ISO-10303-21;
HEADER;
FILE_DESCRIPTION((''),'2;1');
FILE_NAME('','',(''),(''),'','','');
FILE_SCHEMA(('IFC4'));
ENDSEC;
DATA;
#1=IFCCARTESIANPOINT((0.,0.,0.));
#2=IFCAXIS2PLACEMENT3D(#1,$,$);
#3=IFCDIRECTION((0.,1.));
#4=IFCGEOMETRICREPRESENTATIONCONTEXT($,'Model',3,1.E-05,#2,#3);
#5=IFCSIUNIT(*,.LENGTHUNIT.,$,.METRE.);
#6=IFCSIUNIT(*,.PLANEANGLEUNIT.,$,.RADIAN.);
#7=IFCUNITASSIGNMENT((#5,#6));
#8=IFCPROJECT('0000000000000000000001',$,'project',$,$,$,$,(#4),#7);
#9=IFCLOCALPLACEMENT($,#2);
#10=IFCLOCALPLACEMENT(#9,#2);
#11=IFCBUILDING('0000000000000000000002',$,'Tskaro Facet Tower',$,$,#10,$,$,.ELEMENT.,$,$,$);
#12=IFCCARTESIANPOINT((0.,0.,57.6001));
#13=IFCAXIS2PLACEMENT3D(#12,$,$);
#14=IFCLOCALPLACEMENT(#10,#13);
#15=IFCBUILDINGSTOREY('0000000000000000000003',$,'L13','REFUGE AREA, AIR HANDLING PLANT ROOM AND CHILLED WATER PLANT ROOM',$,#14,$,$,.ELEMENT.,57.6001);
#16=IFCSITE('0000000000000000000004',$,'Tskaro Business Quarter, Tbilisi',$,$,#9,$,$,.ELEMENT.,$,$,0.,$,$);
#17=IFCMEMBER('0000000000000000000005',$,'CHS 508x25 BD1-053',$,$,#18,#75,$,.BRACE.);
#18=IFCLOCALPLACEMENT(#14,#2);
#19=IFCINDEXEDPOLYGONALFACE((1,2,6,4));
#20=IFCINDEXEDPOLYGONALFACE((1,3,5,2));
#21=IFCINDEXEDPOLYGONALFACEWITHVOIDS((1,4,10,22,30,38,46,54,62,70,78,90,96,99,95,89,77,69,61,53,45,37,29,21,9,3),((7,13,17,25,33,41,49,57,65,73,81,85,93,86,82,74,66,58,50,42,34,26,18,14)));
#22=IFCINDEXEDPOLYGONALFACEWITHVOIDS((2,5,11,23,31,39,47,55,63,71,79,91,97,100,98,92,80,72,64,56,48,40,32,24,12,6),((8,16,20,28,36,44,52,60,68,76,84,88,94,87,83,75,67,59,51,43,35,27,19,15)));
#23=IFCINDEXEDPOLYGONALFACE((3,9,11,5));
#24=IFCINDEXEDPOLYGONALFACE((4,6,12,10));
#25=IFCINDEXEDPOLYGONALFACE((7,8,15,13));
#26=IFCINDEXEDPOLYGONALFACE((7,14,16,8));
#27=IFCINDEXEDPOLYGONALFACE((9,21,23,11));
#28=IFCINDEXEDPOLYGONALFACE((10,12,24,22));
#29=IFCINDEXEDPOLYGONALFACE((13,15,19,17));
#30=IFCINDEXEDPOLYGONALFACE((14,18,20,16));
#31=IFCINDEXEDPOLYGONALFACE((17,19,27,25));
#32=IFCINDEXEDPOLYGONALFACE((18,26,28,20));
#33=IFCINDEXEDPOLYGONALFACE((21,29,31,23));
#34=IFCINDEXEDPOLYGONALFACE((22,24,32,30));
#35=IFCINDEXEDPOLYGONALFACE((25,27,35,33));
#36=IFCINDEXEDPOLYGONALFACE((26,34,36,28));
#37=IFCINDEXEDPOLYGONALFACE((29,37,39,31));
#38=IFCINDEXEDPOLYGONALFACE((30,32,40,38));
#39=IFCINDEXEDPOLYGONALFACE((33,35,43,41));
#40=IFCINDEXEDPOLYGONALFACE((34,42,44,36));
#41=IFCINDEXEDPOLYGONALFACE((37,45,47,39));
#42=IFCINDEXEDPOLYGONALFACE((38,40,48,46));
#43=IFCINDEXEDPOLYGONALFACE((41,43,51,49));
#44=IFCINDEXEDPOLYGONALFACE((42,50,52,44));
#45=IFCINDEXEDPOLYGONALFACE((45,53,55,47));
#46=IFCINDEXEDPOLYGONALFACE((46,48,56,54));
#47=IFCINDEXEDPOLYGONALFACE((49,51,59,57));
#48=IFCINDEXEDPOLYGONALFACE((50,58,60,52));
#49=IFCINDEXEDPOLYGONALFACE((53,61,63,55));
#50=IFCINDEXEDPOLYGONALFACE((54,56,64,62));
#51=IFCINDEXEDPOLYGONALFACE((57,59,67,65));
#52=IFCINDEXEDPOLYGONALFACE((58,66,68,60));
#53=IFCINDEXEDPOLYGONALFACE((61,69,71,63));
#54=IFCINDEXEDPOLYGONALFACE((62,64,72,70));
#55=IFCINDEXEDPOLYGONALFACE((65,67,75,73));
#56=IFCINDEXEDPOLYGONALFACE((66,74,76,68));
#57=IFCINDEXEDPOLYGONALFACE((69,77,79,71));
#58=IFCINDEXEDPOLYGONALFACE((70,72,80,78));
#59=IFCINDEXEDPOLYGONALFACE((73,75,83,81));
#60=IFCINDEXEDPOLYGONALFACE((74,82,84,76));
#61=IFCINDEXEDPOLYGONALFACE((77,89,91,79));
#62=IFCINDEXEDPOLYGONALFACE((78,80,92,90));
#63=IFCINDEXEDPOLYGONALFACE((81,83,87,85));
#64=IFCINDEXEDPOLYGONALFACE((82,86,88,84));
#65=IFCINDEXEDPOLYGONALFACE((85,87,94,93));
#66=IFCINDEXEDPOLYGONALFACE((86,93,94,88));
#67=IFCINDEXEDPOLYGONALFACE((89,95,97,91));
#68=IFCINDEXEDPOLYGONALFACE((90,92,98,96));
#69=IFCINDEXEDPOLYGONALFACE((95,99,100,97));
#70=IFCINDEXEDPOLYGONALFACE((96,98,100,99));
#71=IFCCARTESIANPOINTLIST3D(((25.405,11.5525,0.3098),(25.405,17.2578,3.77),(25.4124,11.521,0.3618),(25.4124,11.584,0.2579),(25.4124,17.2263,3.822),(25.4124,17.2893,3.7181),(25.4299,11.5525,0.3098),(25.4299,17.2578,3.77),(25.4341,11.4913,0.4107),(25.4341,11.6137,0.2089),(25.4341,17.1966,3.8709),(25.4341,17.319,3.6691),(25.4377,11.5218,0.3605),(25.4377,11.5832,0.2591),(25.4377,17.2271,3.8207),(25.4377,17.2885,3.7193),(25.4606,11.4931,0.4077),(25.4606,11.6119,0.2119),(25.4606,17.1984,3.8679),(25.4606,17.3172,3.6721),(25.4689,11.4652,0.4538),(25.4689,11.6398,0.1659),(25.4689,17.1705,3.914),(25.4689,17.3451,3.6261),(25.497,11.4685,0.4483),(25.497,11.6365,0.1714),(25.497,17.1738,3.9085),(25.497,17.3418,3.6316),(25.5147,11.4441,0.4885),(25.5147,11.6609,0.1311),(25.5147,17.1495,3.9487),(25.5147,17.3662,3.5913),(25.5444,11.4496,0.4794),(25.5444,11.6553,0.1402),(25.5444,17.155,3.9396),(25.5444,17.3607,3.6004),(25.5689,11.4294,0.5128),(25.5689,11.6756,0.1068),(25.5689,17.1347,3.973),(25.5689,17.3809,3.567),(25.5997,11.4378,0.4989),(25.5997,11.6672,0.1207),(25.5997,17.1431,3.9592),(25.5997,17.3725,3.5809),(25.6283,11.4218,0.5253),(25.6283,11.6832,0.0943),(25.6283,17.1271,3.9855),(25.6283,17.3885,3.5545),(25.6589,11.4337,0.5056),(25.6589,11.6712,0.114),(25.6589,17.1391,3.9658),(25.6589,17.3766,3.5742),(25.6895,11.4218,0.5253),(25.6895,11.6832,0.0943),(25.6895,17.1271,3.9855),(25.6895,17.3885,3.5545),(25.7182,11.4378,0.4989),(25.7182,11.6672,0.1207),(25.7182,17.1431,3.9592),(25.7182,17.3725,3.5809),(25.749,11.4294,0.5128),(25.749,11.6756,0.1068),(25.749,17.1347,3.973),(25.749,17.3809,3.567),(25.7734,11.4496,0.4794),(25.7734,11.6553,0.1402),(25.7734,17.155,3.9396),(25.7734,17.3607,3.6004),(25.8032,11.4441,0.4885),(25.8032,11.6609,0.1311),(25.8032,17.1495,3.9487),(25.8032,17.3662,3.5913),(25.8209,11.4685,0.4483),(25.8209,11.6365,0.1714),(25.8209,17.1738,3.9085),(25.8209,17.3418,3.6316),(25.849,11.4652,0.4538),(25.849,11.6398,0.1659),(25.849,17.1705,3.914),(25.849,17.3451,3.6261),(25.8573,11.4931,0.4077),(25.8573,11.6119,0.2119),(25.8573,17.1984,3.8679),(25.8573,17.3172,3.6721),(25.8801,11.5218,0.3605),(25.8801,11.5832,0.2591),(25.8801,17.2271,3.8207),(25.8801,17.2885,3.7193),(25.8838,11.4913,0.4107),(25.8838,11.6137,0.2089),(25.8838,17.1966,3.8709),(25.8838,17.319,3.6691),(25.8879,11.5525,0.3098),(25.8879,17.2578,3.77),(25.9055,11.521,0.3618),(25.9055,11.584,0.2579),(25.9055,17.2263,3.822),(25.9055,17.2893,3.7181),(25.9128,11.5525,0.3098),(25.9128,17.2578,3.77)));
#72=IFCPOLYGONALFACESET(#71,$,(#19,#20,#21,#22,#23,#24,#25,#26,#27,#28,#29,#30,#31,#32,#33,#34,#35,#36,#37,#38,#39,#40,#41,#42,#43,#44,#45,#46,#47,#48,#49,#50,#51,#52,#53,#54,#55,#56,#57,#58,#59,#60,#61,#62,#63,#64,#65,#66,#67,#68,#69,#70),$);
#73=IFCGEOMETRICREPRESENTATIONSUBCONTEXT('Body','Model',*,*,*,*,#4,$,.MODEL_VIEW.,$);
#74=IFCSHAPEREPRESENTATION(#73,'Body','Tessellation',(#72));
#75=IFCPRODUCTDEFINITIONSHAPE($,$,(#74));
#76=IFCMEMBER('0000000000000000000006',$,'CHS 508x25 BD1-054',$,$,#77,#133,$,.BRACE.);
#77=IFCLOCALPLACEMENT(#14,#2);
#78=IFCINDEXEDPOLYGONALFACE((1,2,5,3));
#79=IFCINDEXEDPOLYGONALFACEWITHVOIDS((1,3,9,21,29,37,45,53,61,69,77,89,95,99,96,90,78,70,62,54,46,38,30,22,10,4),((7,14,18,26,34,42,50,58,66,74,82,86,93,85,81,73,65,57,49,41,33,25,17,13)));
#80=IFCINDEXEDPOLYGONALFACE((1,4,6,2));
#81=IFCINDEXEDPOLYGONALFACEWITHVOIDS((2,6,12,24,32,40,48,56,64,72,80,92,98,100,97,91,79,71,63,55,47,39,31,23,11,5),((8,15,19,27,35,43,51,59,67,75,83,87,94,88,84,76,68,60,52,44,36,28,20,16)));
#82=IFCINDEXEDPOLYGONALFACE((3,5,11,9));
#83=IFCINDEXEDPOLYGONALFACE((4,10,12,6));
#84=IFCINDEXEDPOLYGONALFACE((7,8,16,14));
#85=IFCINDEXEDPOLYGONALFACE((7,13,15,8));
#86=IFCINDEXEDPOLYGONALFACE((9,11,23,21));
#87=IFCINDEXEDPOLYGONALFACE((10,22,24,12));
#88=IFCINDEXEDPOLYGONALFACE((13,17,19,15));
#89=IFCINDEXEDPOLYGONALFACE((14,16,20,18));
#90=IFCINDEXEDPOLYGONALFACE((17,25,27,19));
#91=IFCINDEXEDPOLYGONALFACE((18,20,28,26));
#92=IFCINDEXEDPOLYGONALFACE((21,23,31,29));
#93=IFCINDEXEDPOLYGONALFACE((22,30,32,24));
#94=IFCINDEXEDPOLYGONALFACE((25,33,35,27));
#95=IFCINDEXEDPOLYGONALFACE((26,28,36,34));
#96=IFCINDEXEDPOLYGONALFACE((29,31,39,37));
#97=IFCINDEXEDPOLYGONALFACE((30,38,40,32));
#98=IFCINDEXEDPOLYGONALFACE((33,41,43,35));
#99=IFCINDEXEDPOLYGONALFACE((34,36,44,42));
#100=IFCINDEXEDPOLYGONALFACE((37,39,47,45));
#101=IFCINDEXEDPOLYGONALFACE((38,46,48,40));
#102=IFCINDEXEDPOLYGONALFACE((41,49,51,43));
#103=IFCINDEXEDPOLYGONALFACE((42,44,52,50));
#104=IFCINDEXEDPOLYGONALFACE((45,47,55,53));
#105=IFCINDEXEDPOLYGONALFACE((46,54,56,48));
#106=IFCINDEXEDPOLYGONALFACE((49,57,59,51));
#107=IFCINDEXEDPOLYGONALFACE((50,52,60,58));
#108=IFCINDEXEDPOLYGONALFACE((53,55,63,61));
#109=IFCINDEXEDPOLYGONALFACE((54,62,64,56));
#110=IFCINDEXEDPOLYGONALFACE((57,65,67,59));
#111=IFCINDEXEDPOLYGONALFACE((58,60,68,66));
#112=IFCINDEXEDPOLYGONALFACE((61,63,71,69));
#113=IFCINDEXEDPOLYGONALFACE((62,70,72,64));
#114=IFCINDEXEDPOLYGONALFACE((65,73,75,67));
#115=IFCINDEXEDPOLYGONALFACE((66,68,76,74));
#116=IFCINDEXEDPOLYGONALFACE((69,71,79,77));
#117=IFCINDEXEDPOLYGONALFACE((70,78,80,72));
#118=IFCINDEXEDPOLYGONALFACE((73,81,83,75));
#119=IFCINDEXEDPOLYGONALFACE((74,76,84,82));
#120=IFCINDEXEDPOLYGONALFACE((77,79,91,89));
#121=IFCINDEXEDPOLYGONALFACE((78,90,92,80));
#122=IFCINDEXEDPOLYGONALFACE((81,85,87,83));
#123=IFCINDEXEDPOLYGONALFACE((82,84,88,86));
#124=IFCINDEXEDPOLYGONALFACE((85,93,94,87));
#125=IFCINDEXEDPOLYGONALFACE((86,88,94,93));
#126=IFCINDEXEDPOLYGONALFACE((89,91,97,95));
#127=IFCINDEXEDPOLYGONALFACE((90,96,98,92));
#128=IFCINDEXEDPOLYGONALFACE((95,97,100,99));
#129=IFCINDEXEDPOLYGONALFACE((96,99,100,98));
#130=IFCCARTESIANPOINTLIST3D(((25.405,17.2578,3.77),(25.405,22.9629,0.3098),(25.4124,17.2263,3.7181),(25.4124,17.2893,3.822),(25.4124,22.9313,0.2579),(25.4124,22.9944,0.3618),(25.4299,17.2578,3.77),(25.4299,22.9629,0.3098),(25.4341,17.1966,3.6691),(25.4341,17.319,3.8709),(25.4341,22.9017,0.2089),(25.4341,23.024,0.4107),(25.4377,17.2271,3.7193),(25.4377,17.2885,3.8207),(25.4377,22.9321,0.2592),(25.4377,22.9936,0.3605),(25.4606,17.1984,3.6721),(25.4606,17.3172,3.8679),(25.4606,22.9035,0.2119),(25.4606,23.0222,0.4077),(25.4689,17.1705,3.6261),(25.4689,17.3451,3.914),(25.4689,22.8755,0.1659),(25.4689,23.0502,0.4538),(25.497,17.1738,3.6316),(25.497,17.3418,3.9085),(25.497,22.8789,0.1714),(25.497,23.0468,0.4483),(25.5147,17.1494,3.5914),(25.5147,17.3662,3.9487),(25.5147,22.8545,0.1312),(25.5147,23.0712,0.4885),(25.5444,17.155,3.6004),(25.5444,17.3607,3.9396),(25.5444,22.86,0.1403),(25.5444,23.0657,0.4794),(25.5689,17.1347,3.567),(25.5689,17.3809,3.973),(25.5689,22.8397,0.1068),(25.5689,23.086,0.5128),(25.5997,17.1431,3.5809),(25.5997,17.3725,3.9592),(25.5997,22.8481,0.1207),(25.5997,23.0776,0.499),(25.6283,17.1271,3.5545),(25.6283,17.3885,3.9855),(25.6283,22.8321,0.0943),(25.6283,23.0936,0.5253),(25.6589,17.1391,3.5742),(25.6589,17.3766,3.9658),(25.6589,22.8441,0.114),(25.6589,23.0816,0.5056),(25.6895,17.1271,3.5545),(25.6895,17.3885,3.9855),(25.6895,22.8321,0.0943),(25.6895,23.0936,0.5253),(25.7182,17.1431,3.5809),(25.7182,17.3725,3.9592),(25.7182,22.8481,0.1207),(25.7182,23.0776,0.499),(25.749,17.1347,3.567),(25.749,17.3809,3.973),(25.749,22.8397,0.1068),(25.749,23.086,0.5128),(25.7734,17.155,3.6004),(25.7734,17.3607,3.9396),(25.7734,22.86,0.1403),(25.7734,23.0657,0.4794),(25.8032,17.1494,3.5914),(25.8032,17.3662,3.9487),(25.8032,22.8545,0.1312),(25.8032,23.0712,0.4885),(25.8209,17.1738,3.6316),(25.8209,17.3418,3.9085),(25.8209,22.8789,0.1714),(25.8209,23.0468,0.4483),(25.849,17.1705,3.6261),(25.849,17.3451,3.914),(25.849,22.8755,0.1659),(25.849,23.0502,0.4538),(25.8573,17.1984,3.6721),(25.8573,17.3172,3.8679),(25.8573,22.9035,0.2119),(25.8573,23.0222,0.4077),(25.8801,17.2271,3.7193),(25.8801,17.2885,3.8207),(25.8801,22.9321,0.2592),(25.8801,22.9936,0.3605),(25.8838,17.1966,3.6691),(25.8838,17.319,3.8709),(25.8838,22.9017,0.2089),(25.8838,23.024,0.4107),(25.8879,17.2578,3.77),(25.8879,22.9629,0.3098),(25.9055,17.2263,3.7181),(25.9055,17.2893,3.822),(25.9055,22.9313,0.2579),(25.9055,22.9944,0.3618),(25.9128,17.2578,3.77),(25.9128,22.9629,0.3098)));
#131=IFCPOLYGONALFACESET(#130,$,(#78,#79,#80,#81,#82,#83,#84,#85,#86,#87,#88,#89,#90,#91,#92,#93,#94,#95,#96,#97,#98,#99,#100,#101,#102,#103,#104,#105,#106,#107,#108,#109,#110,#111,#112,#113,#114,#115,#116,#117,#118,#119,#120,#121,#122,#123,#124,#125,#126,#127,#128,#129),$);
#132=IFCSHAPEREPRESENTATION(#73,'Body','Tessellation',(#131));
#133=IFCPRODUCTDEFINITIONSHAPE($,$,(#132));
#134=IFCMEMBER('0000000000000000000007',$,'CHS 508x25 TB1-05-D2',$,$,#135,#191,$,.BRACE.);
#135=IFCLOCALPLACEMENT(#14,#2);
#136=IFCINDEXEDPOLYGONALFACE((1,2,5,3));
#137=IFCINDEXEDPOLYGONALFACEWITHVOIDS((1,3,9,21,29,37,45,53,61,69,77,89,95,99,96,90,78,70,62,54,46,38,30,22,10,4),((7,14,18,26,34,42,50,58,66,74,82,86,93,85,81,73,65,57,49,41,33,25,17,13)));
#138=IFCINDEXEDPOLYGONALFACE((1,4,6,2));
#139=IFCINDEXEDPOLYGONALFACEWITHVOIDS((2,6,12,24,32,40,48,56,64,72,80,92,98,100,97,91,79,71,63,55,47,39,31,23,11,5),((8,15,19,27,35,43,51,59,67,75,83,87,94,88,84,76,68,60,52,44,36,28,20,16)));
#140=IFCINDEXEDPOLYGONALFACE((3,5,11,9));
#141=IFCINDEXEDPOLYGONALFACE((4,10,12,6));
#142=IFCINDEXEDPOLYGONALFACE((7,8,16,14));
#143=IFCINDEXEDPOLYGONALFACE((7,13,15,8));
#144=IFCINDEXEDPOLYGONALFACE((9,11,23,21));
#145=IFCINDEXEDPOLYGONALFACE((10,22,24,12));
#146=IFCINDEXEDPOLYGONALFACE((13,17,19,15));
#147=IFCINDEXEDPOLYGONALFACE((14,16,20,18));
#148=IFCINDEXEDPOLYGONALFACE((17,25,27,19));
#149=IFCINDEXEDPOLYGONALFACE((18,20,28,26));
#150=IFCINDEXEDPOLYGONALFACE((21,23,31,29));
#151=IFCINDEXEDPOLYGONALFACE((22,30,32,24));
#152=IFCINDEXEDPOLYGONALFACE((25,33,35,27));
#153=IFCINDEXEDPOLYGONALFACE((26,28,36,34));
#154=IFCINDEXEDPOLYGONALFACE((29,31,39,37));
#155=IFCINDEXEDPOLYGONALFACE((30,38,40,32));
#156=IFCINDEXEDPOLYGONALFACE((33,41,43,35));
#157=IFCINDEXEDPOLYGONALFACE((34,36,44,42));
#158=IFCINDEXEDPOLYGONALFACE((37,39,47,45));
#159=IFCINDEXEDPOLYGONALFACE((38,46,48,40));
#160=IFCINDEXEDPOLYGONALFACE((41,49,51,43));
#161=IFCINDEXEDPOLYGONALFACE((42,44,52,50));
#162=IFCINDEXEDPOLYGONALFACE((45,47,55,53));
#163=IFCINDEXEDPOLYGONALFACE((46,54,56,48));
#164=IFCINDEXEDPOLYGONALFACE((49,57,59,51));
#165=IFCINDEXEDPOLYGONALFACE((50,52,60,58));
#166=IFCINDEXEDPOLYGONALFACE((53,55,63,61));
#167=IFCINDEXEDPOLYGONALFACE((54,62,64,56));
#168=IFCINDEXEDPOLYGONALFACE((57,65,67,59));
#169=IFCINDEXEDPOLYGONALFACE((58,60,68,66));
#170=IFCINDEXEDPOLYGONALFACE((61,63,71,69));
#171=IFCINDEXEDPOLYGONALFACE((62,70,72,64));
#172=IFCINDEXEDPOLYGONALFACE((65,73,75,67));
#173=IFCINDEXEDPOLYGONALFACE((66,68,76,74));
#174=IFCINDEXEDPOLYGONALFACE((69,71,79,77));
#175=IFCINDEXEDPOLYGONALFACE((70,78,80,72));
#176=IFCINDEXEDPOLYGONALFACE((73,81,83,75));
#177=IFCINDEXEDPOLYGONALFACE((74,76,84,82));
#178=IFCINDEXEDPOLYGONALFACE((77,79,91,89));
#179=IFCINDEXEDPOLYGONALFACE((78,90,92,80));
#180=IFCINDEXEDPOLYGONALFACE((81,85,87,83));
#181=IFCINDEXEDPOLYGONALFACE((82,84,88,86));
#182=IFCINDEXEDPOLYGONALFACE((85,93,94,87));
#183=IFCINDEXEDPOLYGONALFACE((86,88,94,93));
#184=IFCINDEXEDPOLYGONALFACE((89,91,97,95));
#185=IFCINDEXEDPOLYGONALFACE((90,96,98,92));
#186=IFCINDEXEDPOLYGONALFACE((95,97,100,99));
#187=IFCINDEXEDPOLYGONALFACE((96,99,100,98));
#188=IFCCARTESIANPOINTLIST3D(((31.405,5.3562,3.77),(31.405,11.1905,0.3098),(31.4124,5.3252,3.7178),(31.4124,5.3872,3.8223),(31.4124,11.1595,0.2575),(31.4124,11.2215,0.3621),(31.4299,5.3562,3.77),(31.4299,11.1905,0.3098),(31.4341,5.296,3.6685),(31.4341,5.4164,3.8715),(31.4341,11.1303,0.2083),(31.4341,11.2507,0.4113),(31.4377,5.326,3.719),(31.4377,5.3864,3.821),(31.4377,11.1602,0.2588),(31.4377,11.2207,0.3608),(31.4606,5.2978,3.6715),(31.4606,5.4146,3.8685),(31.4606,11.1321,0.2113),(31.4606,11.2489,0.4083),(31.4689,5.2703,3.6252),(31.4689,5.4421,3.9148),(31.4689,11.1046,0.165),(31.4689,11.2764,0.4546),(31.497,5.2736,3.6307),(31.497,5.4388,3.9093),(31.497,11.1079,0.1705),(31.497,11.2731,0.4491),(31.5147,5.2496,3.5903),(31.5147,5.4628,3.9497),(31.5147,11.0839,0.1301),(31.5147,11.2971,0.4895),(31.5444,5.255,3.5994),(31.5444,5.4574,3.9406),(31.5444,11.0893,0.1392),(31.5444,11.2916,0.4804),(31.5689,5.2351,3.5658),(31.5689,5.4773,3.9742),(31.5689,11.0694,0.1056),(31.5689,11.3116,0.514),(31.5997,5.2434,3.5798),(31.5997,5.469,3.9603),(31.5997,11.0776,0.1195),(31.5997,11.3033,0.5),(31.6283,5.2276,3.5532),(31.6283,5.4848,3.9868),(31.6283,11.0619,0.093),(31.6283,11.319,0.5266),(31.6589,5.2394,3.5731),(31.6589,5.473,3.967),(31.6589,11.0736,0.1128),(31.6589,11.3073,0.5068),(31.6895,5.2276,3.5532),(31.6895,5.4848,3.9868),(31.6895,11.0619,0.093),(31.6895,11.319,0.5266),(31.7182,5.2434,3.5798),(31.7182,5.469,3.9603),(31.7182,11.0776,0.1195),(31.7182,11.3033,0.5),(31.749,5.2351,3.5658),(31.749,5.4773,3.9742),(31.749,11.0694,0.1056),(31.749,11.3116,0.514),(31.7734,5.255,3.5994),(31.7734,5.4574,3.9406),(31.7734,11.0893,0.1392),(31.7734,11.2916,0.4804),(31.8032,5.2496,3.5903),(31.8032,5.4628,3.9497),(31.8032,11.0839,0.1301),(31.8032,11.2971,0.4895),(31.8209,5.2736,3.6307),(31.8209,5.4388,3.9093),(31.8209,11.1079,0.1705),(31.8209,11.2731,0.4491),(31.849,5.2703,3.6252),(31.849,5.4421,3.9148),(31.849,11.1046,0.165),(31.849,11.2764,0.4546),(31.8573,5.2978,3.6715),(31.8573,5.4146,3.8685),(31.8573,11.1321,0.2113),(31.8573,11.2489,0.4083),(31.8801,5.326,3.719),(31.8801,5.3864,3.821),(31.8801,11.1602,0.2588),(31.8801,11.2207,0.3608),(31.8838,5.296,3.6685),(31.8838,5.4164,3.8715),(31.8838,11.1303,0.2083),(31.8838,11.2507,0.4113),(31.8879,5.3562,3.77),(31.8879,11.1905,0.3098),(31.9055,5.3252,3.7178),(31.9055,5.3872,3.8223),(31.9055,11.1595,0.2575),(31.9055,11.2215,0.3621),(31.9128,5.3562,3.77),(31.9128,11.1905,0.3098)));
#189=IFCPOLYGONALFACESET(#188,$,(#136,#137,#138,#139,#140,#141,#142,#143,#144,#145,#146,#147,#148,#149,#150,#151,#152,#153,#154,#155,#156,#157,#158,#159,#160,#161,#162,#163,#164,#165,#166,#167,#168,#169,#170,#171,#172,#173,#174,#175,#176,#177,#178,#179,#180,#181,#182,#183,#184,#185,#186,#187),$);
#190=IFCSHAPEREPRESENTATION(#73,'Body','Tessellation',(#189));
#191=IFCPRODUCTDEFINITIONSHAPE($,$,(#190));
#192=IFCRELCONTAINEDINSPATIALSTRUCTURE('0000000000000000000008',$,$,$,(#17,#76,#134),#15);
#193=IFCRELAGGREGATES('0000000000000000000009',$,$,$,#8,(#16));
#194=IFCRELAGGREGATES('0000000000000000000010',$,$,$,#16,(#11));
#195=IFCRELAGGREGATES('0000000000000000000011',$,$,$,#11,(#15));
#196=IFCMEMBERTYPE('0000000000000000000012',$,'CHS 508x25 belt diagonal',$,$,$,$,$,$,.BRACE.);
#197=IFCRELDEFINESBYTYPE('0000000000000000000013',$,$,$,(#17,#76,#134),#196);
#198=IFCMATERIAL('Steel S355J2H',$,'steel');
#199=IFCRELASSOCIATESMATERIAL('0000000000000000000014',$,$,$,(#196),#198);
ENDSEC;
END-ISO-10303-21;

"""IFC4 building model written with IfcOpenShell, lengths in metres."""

from ifc_helpers import new_model, si_unit, direction, frame, origin, origin_2d, place, context, subcontext, project, spatial, hollow_circle, extrude, material, material_profile, profile_set, type_object, element, save


model = new_model("IFC4")

# Units and contexts
model_context = context("Model", 3, precision=1e-05, world=origin(), true_north=direction((0.0, 1.0)))
body_context = subcontext(model_context, "Body", "Model", "MODEL_VIEW")
ifc_project = project(units=[si_unit("LENGTHUNIT", "METRE"), si_unit("PLANEANGLEUNIT", "RADIAN")], contexts=[model_context])

# Site, building, storey
site_placement = place(None, origin())
site = spatial("IfcSite", under=ifc_project, at=site_placement, Name="Tskaro Business Quarter, Tbilisi", CompositionType="ELEMENT", RefElevation=0.0)
building_placement = place(site_placement, origin())
building = spatial("IfcBuilding", under=site, at=building_placement, Name="Tskaro Facet Tower", CompositionType="ELEMENT")
storey_placement = place(building_placement, frame((0.0, 0.0, 57.6001)))
storey = spatial("IfcBuildingStorey", under=building, at=storey_placement, Name="L13", Description="REFUGE AREA, AIR HANDLING PLANT ROOM AND CHILLED WATER PLANT ROOM", CompositionType="ELEMENT", Elevation=57.6001)

# Shared definitions
ifc_material_1 = material(Name="Steel S355J2H", Category="steel")

# Members
ifc_material_profile_1 = material_profile(ifc_material_1, hollow_circle(Radius=0.2539, WallThickness=0.0249, at=origin_2d()), Name="CHS 508x25")
ifc_profile_set_1 = profile_set([ifc_material_profile_1], Name="Steel S355J2H")
member_type_1 = type_object("IfcMemberType", Name="CHS 508x25 belt diagonal", PredefinedType="BRACE", material=ifc_profile_set_1)
for number, where, z_axis, x_axis, name in (
    (1, (25.6589, 11.5525, 0.3098), (0.0, 0.855036, 0.518568), (-1.0, 0.0, 0.0), "CHS 508x25 BD1-053"),
):
    element("IfcMember", number, at=place(storey_placement, frame(where, z_axis=z_axis, x_axis=x_axis)), inside=storey, type_object=member_type_1, Name=name, PredefinedType="BRACE", context=body_context, shape_type="SweptSolid", body=[
        extrude(hollow_circle(Radius=0.2539, WallThickness=0.0249, at=origin_2d()), origin(), (0.0, 0.0, 1.0), 6.6726),
    ])
member_1_placement = place(storey_placement, frame((25.6589, 17.2578, 3.77), z_axis=(0.0, 0.855026, -0.518585), x_axis=(-1.0, 0.0, 0.0)))
element("IfcMember", 2, at=member_1_placement, inside=storey, type_object=member_type_1, Name="CHS 508x25 BD1-054", PredefinedType="BRACE", context=body_context, shape_type="SweptSolid", body=[
    extrude(hollow_circle(Radius=0.2539, WallThickness=0.0249, at=origin_2d()), origin(), (0.0, 0.0, 1.0), 6.6724),
])
for number, where, z_axis, x_axis, name in (
    (3, (31.6589, 5.3562, 3.77), (0.0, 0.860105, -0.510117), (-1.0, 0.0, 0.0), "CHS 508x25 TB1-05-D2"),
):
    element("IfcMember", number, at=place(storey_placement, frame(where, z_axis=z_axis, x_axis=x_axis)), inside=storey, type_object=member_type_1, Name=name, PredefinedType="BRACE", context=body_context, shape_type="SweptSolid", body=[
        extrude(hollow_circle(Radius=0.2539, WallThickness=0.0249, at=origin_2d()), origin(), (0.0, 0.0, 1.0), 6.7832),
    ])

save(model, "model.ifc")
